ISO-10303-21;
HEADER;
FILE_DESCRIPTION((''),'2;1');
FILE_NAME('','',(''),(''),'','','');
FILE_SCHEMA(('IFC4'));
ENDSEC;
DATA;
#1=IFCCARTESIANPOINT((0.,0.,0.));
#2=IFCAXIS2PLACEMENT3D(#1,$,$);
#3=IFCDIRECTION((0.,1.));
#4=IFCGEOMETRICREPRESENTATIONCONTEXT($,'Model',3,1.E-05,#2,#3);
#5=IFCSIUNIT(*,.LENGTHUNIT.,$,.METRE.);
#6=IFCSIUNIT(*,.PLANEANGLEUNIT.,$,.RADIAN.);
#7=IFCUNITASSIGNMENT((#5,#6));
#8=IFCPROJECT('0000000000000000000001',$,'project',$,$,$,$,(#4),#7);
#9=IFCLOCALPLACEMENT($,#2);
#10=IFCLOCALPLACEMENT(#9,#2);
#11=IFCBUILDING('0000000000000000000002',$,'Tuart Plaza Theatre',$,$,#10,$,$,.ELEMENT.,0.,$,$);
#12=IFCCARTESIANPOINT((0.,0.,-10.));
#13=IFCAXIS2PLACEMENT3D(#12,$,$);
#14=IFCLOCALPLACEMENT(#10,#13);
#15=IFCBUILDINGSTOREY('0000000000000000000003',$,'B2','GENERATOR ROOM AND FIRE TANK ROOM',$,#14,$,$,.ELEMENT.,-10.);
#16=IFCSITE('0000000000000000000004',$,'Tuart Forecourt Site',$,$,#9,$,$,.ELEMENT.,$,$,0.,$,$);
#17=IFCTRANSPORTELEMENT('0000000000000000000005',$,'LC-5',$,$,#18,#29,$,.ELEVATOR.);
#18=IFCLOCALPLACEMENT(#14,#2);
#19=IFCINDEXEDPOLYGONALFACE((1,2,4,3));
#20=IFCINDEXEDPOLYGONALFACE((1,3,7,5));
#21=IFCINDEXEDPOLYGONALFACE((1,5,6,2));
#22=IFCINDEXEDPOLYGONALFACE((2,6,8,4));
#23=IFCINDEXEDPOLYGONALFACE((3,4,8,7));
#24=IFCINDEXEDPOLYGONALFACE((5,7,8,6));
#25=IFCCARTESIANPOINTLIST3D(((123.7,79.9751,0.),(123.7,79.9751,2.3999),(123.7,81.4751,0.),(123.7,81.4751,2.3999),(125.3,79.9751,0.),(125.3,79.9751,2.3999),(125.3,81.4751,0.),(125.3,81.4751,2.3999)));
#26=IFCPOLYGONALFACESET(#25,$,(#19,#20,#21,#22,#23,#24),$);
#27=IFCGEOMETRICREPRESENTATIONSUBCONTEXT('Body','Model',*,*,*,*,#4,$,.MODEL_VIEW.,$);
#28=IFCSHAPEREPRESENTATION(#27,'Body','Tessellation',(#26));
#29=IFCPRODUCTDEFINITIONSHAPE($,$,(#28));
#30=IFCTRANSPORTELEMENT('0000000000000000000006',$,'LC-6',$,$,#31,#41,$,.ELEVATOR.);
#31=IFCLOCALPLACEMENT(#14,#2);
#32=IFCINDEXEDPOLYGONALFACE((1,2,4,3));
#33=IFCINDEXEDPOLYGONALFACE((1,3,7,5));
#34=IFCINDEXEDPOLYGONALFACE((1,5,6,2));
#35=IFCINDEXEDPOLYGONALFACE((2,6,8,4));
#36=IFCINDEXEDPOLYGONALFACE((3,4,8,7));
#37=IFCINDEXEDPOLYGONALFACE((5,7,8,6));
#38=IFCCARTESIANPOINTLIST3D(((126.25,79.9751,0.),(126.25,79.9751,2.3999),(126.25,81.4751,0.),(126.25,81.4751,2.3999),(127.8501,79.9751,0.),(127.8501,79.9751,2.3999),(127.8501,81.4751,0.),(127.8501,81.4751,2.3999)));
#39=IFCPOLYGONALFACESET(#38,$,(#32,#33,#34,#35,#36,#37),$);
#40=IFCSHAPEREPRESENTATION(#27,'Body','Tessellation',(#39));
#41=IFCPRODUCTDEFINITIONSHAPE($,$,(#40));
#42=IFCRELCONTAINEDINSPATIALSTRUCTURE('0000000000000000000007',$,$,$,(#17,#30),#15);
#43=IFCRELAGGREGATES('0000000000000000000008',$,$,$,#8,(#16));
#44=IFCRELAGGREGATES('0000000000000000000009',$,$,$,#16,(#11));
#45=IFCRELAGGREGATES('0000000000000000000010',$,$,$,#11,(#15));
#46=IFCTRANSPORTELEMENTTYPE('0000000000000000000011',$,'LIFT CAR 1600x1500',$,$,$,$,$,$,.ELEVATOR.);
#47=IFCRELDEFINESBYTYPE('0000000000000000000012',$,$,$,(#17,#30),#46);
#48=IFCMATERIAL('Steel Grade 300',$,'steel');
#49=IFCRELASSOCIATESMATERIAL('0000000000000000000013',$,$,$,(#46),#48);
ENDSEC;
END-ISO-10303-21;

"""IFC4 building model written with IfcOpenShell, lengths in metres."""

from ifc_helpers import new_model, si_unit, direction, frame, origin, origin_2d, place, context, subcontext, project, spatial, rectangle, extrude, material, type_object, element, save


model = new_model("IFC4")

# Units and contexts
model_context = context("Model", 3, precision=1e-05, world=origin(), true_north=direction((0.0, 1.0)))
body_context = subcontext(model_context, "Body", "Model", "MODEL_VIEW")
ifc_project = project(units=[si_unit("LENGTHUNIT", "METRE"), si_unit("PLANEANGLEUNIT", "RADIAN")], contexts=[model_context])

# Site, building, storey
site_placement = place(None, origin())
site = spatial("IfcSite", under=ifc_project, at=site_placement, Name="Tuart Forecourt Site", CompositionType="ELEMENT", RefElevation=0.0)
building_placement = place(site_placement, origin())
building = spatial("IfcBuilding", under=site, at=building_placement, Name="Tuart Plaza Theatre", CompositionType="ELEMENT", ElevationOfRefHeight=0.0)
storey_placement = place(building_placement, frame((0.0, 0.0, -10.0)))
storey = spatial("IfcBuildingStorey", under=building, at=storey_placement, Name="B2", Description="GENERATOR ROOM AND FIRE TANK ROOM", CompositionType="ELEMENT", Elevation=-10.0)

# Transport elements
ifc_material_1 = material(Name="Steel Grade 300", Category="steel")
transport_element_type = type_object("IfcTransportElementType", Name="LIFT CAR 1600x1500", PredefinedType="ELEVATOR", material=ifc_material_1)
for number, where, z_axis, x_axis, name in (
    (1, (124.5, 80.7251, 0.0), (0.0, 0.0, 1.0), (1.0, 0.0, 0.0), "LC-5"),
    (2, (127.05, 80.7251, 0.0), (0.0, 0.0, 1.0), (1.0, 0.0, 0.0), "LC-6"),
):
    element("IfcTransportElement", number, at=place(storey_placement, frame(where, z_axis=z_axis, x_axis=x_axis)), inside=storey, type_object=transport_element_type, Name=name, PredefinedType="ELEVATOR", context=body_context, shape_type="SweptSolid", body=[
        extrude(rectangle(XDim=1.6001, YDim=1.5, at=origin_2d()), origin(), (0.0, 0.0, 1.0), 2.3999),
    ])

save(model, "model.ifc")
